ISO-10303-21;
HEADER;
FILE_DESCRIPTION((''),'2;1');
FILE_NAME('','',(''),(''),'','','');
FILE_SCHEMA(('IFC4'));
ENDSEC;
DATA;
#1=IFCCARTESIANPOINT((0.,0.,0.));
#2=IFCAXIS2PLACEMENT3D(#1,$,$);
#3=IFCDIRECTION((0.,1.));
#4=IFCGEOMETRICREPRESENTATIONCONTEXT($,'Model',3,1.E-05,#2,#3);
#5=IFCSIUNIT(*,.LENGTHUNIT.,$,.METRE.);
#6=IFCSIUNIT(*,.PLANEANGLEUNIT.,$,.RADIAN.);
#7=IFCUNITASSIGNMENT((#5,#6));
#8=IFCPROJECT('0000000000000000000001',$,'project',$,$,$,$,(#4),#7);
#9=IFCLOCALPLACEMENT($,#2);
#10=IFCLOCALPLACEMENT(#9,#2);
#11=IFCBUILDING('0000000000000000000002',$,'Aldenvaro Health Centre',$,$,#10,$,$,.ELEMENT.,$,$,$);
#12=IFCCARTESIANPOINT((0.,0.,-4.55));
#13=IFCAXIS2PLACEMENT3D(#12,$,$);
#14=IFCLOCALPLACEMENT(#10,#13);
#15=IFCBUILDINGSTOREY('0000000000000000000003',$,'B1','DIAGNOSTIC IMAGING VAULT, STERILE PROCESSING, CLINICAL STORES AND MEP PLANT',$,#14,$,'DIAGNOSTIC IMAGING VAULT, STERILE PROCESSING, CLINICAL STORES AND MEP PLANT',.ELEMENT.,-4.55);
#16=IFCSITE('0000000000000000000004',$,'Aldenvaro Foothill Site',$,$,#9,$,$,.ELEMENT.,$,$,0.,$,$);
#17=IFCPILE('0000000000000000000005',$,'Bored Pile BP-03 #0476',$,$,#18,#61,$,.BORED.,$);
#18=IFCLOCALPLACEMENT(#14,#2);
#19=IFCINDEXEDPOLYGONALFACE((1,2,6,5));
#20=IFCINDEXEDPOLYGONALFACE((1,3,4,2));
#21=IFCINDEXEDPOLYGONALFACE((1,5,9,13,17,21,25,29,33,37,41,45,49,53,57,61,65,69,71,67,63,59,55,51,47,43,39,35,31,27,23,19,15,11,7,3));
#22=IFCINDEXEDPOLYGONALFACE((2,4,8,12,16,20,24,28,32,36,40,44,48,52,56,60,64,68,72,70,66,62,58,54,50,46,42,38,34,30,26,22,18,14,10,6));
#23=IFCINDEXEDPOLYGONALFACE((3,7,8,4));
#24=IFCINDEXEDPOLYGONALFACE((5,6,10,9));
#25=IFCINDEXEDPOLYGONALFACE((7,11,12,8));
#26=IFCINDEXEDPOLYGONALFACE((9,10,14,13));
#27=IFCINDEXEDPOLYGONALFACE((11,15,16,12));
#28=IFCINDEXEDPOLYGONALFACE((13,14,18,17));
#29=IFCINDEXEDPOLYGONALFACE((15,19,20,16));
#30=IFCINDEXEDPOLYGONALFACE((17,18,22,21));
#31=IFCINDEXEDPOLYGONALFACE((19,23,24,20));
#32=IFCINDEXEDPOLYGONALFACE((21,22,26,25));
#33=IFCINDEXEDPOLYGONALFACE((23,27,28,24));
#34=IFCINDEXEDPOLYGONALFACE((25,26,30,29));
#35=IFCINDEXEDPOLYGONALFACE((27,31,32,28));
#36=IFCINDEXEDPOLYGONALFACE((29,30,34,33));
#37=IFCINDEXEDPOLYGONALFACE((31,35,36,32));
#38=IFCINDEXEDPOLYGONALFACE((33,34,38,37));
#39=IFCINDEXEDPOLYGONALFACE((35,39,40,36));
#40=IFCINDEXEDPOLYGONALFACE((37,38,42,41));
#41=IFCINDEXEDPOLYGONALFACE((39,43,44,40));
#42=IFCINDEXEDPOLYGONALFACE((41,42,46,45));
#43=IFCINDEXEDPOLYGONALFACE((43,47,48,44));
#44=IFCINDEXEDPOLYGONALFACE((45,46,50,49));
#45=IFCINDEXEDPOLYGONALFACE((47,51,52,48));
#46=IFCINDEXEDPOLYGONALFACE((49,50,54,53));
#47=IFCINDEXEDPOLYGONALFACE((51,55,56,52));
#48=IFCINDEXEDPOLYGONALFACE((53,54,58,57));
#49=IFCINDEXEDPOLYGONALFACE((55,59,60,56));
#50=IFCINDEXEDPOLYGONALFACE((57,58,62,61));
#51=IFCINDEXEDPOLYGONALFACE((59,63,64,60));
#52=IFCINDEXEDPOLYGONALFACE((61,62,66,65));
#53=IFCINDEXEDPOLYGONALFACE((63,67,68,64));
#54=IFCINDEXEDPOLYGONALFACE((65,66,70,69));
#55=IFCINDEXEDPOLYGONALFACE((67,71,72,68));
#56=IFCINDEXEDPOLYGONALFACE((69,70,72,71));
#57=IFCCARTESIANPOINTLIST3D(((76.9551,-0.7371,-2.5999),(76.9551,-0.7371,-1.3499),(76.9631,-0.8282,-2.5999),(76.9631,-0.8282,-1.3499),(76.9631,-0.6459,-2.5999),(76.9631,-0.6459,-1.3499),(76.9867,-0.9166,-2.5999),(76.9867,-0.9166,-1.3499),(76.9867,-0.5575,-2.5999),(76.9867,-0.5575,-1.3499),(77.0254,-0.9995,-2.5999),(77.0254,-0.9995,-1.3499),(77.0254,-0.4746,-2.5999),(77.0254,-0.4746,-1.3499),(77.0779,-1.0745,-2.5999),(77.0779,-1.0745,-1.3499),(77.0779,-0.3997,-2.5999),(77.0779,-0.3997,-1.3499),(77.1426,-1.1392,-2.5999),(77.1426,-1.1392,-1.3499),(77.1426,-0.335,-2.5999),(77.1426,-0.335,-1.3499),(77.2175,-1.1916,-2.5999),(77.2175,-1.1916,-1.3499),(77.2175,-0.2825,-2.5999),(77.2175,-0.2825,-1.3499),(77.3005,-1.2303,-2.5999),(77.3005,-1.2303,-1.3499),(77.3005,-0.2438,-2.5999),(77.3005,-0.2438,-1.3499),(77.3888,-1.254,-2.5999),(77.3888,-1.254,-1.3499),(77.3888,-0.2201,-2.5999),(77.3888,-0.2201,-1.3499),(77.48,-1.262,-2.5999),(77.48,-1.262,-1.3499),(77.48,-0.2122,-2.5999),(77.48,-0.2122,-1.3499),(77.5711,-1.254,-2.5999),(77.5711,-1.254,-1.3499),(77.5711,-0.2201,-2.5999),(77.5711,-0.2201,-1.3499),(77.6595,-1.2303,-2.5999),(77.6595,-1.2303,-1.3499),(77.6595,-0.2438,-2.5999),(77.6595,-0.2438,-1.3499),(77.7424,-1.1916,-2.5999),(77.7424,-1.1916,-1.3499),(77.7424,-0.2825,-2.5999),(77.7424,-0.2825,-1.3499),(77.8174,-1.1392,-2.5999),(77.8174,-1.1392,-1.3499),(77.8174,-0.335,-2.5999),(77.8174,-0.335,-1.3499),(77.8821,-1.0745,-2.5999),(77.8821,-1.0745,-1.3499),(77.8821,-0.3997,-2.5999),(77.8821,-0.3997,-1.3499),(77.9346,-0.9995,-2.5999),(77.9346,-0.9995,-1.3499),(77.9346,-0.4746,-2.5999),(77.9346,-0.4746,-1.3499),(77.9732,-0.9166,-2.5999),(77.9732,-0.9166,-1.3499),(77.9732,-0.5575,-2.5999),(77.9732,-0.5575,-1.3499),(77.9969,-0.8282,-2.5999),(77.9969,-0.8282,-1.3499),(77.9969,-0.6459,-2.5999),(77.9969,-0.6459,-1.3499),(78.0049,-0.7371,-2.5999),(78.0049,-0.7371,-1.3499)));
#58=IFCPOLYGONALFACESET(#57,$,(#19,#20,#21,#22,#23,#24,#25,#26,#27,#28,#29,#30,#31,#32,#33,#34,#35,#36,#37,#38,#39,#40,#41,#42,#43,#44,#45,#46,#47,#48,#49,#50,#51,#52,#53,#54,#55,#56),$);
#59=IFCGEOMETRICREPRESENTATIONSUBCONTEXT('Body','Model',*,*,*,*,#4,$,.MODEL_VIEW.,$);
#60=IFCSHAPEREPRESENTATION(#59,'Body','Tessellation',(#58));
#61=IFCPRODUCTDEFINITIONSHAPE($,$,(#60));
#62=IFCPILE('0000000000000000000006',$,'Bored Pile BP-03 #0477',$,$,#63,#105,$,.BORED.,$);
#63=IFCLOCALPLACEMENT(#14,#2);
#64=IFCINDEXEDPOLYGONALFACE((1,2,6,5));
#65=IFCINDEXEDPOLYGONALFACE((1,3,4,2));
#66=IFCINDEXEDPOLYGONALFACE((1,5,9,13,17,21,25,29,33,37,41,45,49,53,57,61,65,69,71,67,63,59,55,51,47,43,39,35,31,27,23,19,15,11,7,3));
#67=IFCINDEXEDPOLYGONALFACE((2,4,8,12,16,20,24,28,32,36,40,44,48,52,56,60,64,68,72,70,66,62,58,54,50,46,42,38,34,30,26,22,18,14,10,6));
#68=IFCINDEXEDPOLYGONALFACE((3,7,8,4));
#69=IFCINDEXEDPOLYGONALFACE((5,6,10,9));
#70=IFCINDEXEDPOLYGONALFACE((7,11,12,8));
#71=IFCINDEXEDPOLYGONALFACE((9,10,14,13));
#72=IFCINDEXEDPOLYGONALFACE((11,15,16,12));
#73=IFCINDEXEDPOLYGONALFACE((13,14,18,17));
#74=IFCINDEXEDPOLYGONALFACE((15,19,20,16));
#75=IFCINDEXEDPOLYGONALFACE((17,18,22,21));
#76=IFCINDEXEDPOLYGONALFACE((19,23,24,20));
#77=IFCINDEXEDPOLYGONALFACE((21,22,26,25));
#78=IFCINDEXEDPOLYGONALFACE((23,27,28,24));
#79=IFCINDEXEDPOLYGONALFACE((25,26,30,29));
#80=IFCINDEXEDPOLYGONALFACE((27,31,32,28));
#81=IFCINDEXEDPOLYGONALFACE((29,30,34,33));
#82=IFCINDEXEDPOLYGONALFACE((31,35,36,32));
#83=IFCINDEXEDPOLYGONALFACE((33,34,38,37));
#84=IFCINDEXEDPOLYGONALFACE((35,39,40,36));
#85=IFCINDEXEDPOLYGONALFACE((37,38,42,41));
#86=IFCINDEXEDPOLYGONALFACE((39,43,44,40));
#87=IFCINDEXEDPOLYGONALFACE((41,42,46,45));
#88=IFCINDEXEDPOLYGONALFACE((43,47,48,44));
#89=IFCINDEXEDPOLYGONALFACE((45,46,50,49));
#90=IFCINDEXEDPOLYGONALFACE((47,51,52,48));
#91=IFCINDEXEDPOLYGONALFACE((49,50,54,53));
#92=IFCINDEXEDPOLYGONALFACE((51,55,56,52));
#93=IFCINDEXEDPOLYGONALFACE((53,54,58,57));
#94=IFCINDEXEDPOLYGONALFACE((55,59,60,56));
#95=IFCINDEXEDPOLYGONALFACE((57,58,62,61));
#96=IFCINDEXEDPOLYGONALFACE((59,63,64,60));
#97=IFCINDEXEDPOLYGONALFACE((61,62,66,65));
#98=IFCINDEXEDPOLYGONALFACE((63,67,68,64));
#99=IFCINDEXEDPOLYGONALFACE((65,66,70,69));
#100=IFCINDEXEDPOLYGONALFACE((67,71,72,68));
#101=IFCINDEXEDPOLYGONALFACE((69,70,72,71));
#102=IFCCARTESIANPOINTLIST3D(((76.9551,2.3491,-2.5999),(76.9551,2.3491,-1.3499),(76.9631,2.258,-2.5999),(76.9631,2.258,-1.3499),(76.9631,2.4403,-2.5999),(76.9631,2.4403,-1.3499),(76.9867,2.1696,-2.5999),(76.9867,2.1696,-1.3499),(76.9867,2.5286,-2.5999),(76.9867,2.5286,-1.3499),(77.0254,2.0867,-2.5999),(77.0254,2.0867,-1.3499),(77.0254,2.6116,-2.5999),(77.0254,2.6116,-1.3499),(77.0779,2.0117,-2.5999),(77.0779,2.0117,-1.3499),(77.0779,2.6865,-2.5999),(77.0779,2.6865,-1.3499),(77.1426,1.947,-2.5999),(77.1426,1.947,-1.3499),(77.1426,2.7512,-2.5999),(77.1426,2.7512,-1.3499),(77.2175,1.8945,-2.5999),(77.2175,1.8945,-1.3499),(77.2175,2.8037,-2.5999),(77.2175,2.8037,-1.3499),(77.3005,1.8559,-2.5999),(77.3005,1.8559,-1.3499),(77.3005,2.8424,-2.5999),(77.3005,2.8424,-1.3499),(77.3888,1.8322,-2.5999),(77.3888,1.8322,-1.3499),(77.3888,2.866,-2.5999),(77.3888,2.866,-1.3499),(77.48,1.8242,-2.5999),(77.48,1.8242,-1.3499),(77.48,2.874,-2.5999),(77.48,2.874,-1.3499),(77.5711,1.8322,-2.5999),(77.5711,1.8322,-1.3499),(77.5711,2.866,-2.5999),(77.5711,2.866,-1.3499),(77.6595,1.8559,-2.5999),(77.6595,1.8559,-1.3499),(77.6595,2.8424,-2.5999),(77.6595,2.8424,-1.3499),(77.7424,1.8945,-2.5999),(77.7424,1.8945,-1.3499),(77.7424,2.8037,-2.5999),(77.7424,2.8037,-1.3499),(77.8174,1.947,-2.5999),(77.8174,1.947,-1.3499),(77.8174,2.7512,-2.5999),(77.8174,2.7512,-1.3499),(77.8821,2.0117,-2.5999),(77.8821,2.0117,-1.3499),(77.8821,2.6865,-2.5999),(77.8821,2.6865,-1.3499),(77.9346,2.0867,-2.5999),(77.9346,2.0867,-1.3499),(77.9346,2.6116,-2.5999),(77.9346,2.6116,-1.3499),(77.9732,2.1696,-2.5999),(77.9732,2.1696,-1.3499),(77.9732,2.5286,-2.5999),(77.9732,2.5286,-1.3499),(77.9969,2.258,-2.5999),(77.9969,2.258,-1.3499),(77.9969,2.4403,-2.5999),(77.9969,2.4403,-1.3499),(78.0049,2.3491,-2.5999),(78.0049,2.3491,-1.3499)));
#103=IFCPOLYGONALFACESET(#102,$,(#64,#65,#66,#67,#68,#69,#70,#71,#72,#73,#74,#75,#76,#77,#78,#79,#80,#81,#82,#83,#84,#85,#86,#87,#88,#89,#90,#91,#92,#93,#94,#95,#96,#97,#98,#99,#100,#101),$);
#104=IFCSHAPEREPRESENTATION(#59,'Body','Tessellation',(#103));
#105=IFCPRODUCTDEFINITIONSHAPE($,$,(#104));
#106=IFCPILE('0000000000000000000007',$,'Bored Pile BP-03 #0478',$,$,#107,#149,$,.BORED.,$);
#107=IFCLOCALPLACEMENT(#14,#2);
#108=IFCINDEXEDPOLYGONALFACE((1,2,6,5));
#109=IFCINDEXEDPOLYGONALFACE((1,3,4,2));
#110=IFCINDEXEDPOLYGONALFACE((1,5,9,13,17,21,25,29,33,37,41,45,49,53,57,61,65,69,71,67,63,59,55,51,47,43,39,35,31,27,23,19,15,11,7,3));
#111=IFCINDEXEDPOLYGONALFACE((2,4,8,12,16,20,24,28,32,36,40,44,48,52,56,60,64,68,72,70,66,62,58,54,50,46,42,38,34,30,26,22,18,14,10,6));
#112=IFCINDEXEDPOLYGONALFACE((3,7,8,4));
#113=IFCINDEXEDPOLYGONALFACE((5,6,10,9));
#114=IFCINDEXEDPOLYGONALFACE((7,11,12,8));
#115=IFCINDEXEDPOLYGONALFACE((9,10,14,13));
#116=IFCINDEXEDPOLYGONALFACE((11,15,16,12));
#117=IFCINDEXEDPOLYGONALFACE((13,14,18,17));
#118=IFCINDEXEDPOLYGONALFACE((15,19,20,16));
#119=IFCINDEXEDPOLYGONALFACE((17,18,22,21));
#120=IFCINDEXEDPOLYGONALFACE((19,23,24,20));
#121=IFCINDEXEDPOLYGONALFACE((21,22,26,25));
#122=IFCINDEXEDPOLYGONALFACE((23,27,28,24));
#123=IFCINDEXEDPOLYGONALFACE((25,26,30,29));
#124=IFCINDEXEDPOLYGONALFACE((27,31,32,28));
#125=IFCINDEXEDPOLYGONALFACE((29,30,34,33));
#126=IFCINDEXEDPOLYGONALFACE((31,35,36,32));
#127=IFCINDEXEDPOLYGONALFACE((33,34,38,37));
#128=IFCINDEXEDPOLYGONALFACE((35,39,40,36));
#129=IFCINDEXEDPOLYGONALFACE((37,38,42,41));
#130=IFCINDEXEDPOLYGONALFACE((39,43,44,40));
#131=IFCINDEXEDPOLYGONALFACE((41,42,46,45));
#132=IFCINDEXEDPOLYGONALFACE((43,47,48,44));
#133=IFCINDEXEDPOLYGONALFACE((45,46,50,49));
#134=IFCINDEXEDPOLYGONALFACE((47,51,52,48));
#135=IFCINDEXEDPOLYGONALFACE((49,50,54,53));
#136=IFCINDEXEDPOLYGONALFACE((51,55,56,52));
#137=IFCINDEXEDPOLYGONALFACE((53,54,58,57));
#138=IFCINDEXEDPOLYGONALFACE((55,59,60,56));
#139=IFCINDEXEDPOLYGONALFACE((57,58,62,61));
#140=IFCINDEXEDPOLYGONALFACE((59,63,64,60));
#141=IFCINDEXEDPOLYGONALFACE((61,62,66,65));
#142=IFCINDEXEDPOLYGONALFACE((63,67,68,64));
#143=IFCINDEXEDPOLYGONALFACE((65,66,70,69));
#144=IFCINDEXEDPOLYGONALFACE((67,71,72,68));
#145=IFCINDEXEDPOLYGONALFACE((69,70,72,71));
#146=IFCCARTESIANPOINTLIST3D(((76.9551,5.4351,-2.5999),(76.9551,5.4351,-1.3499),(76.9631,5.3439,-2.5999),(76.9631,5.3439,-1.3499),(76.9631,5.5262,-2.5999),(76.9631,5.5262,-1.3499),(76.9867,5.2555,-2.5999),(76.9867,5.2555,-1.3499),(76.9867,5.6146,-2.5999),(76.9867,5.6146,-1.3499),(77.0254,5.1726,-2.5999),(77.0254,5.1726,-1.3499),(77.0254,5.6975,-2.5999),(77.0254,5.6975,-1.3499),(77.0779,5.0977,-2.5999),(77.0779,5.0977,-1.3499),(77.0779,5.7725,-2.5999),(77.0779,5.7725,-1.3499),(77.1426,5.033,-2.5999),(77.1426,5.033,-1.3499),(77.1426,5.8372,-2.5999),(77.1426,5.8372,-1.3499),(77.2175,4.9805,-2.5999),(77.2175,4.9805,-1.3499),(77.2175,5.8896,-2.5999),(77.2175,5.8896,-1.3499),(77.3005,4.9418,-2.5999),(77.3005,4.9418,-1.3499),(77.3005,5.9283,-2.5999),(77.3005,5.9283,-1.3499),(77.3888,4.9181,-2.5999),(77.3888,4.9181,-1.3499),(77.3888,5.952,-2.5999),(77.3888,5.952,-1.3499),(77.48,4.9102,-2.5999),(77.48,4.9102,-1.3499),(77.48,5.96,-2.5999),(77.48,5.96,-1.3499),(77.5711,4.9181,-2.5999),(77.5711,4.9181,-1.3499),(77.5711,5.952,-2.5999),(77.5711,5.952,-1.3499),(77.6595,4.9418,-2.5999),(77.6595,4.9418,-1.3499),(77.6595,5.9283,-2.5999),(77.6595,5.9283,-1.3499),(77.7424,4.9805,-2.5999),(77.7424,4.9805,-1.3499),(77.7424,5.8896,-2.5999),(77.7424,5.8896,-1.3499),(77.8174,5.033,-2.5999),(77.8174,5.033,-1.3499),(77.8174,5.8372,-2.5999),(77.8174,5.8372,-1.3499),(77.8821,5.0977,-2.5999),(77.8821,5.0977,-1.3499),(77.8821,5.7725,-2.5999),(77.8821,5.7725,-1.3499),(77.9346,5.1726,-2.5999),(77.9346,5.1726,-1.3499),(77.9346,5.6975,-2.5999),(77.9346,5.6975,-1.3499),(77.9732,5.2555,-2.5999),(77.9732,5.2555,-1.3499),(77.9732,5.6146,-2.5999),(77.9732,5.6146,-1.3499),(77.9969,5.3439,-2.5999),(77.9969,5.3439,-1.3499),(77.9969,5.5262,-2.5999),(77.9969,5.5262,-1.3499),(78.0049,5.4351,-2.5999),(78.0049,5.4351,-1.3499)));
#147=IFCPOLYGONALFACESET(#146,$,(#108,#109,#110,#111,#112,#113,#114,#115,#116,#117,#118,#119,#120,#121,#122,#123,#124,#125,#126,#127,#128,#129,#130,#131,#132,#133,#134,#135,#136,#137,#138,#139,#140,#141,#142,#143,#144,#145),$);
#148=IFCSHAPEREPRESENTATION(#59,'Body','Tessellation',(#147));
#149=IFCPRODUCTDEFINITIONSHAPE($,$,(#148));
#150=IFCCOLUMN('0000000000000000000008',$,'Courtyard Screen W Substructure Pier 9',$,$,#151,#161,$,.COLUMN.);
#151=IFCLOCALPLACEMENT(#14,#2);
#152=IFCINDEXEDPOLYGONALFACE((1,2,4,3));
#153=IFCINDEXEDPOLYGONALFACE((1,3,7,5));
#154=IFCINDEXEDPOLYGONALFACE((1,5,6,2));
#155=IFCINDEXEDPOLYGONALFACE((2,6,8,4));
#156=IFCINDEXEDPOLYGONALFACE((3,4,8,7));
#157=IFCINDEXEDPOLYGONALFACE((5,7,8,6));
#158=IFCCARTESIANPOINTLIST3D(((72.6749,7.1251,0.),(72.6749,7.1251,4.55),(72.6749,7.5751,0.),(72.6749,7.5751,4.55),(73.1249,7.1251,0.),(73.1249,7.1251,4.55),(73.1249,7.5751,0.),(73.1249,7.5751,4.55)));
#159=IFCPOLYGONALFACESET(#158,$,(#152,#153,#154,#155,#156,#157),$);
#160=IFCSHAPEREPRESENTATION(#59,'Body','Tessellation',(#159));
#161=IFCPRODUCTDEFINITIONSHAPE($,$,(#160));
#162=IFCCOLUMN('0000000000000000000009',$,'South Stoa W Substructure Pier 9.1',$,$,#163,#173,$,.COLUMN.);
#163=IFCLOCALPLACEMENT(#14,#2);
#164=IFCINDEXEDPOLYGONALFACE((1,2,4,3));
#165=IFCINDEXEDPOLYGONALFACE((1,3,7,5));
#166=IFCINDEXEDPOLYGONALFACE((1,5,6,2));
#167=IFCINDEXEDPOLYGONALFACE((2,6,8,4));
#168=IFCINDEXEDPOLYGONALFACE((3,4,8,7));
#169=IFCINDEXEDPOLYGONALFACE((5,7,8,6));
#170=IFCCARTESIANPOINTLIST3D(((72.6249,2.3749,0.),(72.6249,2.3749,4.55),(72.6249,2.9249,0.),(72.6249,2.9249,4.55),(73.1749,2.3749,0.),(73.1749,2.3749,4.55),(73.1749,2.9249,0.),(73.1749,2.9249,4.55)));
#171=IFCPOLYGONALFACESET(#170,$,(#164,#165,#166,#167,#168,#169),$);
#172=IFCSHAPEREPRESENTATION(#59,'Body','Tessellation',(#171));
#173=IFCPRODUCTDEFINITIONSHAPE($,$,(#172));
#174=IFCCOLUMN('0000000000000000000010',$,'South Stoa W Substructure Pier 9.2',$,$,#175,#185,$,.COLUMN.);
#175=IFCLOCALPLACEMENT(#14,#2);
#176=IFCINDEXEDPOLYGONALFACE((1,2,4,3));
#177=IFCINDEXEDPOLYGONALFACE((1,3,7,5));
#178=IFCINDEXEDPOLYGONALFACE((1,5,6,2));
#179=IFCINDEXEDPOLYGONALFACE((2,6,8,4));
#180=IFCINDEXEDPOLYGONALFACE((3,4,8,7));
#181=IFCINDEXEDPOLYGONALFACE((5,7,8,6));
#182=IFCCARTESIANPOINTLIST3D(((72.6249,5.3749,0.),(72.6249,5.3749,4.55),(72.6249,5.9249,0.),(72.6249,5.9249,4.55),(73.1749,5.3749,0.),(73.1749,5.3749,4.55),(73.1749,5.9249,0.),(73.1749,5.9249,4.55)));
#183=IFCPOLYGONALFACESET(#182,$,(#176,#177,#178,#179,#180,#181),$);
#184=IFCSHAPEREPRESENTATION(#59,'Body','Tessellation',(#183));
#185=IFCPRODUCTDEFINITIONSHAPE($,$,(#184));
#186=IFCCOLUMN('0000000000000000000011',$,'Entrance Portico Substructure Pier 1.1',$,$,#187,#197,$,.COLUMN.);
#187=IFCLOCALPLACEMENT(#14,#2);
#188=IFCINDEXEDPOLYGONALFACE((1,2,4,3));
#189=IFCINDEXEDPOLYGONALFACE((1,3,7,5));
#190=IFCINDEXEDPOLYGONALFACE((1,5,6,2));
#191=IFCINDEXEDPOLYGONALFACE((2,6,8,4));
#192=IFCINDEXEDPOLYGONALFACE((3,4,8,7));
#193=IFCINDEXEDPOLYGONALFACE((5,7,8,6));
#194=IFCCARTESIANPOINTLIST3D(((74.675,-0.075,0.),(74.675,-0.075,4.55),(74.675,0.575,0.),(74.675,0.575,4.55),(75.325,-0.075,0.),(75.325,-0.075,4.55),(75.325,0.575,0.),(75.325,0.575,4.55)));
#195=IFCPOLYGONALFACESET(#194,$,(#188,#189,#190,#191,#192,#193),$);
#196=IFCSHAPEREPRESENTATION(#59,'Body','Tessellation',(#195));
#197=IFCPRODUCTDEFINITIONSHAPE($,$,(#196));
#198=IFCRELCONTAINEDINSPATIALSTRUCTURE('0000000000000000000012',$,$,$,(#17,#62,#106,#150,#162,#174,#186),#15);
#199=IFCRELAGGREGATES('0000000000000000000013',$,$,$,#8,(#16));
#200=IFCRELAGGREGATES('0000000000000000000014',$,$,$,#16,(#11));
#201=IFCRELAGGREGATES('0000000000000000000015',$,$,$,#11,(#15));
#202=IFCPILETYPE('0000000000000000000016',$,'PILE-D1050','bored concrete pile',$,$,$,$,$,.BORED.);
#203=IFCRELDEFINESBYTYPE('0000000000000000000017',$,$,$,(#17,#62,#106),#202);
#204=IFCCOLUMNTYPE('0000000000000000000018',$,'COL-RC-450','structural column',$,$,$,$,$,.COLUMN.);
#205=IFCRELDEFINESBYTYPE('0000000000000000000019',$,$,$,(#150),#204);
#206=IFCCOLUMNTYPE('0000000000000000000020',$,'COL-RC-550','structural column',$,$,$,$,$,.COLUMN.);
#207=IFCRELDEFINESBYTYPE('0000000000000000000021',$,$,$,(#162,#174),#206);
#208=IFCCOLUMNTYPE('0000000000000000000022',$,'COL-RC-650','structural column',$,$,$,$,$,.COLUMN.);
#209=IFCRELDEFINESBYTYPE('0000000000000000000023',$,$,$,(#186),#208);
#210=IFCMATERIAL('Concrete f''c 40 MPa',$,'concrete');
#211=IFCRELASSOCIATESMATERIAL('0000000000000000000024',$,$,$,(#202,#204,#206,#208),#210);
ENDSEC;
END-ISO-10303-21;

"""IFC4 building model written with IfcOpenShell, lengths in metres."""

from ifc_helpers import new_model, si_unit, direction, frame, origin, origin_2d, place, context, subcontext, project, spatial, rectangle, circle, extrude, material, material_profile, profile_set, type_object, element, save


model = new_model("IFC4")

# Units and contexts
model_context = context("Model", 3, precision=1e-05, world=origin(), true_north=direction((0.0, 1.0)))
body_context = subcontext(model_context, "Body", "Model", "MODEL_VIEW")
ifc_project = project(units=[si_unit("LENGTHUNIT", "METRE"), si_unit("PLANEANGLEUNIT", "RADIAN")], contexts=[model_context])

# Site, building, storey
site_placement = place(None, origin())
site = spatial("IfcSite", under=ifc_project, at=site_placement, Name="Aldenvaro Foothill Site", CompositionType="ELEMENT", RefElevation=0.0)
building_placement = place(site_placement, origin())
building = spatial("IfcBuilding", under=site, at=building_placement, Name="Aldenvaro Health Centre", CompositionType="ELEMENT")
storey_placement = place(building_placement, frame((0.0, 0.0, -4.55)))
storey = spatial("IfcBuildingStorey", under=building, at=storey_placement, Name="B1", Description="DIAGNOSTIC IMAGING VAULT, STERILE PROCESSING, CLINICAL STORES AND MEP PLANT", LongName="DIAGNOSTIC IMAGING VAULT, STERILE PROCESSING, CLINICAL STORES AND MEP PLANT", CompositionType="ELEMENT", Elevation=-4.55)

# Piles
ifc_material_1 = material(Name="Concrete f'c 40 MPa", Category="concrete")
ifc_material_profile_1 = material_profile(ifc_material_1, circle(Radius=0.5249, at=origin_2d()), Name="PILE D1050", Category="concrete")
ifc_profile_set_1 = profile_set([ifc_material_profile_1], Name="Concrete f'c 40 MPa")
pile_type = type_object("IfcPileType", Name="PILE-D1050", Description="bored concrete pile", PredefinedType="BORED", material=ifc_profile_set_1)
for number, where, z_axis, x_axis, name in (
    (1, (77.48, -0.7371, -1.3499), (0.0, 0.0, -1.0), (1.0, 0.0, 0.0), "Bored Pile BP-03 #0476"),
    (2, (77.48, 2.3491, -1.3499), (0.0, 0.0, -1.0), (1.0, 0.0, 0.0), "Bored Pile BP-03 #0477"),
    (3, (77.48, 5.4351, -1.3499), (0.0, 0.0, -1.0), (1.0, 0.0, 0.0), "Bored Pile BP-03 #0478"),
):
    element("IfcPile", number, at=place(storey_placement, frame(where, z_axis=z_axis, x_axis=x_axis)), inside=storey, type_object=pile_type, Name=name, PredefinedType="BORED", context=body_context, shape_type="SweptSolid", body=[
        extrude(circle(Radius=0.5249, at=origin_2d()), origin(), (0.0, 0.0, 1.0), 1.25),
    ])

# Columns
ifc_material_profile_2 = material_profile(ifc_material_1, rectangle(XDim=0.45, YDim=0.45, at=origin_2d()), Name="RC 450x450", Category="concrete")
ifc_profile_set_2 = profile_set([ifc_material_profile_2], Name="Concrete f'c 40 MPa")
column_type_1 = type_object("IfcColumnType", Name="COL-RC-450", Description="structural column", PredefinedType="COLUMN", material=ifc_profile_set_2)
column_placement = place(storey_placement, frame((72.8999, 7.3501, 0.0), z_axis=(0.0, 0.0, 1.0), x_axis=(1.0, 0.0, 0.0)))
element("IfcColumn", 4, at=column_placement, inside=storey, type_object=column_type_1, Name="Courtyard Screen W Substructure Pier 9", PredefinedType="COLUMN", context=body_context, shape_type="SweptSolid", body=[
    extrude(rectangle(XDim=0.45, YDim=0.45, at=origin_2d()), origin(), (0.0, 0.0, 1.0), 4.55),
])
ifc_material_profile_3 = material_profile(ifc_material_1, rectangle(XDim=0.55, YDim=0.55, at=origin_2d()), Name="RC 550x550", Category="concrete")
ifc_profile_set_3 = profile_set([ifc_material_profile_3], Name="Concrete f'c 40 MPa")
column_type_2 = type_object("IfcColumnType", Name="COL-RC-550", Description="structural column", PredefinedType="COLUMN", material=ifc_profile_set_3)
for number, where, z_axis, x_axis, name in (
    (5, (72.8999, 2.6499, 0.0), (0.0, 0.0, 1.0), (1.0, 0.0, 0.0), "South Stoa W Substructure Pier 9.1"),
    (6, (72.8999, 5.6499, 0.0), (0.0, 0.0, 1.0), (1.0, 0.0, 0.0), "South Stoa W Substructure Pier 9.2"),
):
    element("IfcColumn", number, at=place(storey_placement, frame(where, z_axis=z_axis, x_axis=x_axis)), inside=storey, type_object=column_type_2, Name=name, PredefinedType="COLUMN", context=body_context, shape_type="SweptSolid", body=[
        extrude(rectangle(XDim=0.55, YDim=0.55, at=origin_2d()), origin(), (0.0, 0.0, 1.0), 4.55),
    ])
ifc_material_profile_4 = material_profile(ifc_material_1, rectangle(XDim=0.6499, YDim=0.6499, at=origin_2d()), Name="RC 650x650", Category="concrete")
ifc_profile_set_4 = profile_set([ifc_material_profile_4], Name="Concrete f'c 40 MPa")
column_type_3 = type_object("IfcColumnType", Name="COL-RC-650", Description="structural column", PredefinedType="COLUMN", material=ifc_profile_set_4)
for number, where, z_axis, x_axis, name in (
    (7, (75.0, 0.25, 0.0), (0.0, 0.0, 1.0), (1.0, 0.0, 0.0), "Entrance Portico Substructure Pier 1.1"),
):
    element("IfcColumn", number, at=place(storey_placement, frame(where, z_axis=z_axis, x_axis=x_axis)), inside=storey, type_object=column_type_3, Name=name, PredefinedType="COLUMN", context=body_context, shape_type="SweptSolid", body=[
        extrude(rectangle(XDim=0.6499, YDim=0.6499, at=origin_2d()), origin(), (0.0, 0.0, 1.0), 4.55),
    ])

save(model, "model.ifc")
